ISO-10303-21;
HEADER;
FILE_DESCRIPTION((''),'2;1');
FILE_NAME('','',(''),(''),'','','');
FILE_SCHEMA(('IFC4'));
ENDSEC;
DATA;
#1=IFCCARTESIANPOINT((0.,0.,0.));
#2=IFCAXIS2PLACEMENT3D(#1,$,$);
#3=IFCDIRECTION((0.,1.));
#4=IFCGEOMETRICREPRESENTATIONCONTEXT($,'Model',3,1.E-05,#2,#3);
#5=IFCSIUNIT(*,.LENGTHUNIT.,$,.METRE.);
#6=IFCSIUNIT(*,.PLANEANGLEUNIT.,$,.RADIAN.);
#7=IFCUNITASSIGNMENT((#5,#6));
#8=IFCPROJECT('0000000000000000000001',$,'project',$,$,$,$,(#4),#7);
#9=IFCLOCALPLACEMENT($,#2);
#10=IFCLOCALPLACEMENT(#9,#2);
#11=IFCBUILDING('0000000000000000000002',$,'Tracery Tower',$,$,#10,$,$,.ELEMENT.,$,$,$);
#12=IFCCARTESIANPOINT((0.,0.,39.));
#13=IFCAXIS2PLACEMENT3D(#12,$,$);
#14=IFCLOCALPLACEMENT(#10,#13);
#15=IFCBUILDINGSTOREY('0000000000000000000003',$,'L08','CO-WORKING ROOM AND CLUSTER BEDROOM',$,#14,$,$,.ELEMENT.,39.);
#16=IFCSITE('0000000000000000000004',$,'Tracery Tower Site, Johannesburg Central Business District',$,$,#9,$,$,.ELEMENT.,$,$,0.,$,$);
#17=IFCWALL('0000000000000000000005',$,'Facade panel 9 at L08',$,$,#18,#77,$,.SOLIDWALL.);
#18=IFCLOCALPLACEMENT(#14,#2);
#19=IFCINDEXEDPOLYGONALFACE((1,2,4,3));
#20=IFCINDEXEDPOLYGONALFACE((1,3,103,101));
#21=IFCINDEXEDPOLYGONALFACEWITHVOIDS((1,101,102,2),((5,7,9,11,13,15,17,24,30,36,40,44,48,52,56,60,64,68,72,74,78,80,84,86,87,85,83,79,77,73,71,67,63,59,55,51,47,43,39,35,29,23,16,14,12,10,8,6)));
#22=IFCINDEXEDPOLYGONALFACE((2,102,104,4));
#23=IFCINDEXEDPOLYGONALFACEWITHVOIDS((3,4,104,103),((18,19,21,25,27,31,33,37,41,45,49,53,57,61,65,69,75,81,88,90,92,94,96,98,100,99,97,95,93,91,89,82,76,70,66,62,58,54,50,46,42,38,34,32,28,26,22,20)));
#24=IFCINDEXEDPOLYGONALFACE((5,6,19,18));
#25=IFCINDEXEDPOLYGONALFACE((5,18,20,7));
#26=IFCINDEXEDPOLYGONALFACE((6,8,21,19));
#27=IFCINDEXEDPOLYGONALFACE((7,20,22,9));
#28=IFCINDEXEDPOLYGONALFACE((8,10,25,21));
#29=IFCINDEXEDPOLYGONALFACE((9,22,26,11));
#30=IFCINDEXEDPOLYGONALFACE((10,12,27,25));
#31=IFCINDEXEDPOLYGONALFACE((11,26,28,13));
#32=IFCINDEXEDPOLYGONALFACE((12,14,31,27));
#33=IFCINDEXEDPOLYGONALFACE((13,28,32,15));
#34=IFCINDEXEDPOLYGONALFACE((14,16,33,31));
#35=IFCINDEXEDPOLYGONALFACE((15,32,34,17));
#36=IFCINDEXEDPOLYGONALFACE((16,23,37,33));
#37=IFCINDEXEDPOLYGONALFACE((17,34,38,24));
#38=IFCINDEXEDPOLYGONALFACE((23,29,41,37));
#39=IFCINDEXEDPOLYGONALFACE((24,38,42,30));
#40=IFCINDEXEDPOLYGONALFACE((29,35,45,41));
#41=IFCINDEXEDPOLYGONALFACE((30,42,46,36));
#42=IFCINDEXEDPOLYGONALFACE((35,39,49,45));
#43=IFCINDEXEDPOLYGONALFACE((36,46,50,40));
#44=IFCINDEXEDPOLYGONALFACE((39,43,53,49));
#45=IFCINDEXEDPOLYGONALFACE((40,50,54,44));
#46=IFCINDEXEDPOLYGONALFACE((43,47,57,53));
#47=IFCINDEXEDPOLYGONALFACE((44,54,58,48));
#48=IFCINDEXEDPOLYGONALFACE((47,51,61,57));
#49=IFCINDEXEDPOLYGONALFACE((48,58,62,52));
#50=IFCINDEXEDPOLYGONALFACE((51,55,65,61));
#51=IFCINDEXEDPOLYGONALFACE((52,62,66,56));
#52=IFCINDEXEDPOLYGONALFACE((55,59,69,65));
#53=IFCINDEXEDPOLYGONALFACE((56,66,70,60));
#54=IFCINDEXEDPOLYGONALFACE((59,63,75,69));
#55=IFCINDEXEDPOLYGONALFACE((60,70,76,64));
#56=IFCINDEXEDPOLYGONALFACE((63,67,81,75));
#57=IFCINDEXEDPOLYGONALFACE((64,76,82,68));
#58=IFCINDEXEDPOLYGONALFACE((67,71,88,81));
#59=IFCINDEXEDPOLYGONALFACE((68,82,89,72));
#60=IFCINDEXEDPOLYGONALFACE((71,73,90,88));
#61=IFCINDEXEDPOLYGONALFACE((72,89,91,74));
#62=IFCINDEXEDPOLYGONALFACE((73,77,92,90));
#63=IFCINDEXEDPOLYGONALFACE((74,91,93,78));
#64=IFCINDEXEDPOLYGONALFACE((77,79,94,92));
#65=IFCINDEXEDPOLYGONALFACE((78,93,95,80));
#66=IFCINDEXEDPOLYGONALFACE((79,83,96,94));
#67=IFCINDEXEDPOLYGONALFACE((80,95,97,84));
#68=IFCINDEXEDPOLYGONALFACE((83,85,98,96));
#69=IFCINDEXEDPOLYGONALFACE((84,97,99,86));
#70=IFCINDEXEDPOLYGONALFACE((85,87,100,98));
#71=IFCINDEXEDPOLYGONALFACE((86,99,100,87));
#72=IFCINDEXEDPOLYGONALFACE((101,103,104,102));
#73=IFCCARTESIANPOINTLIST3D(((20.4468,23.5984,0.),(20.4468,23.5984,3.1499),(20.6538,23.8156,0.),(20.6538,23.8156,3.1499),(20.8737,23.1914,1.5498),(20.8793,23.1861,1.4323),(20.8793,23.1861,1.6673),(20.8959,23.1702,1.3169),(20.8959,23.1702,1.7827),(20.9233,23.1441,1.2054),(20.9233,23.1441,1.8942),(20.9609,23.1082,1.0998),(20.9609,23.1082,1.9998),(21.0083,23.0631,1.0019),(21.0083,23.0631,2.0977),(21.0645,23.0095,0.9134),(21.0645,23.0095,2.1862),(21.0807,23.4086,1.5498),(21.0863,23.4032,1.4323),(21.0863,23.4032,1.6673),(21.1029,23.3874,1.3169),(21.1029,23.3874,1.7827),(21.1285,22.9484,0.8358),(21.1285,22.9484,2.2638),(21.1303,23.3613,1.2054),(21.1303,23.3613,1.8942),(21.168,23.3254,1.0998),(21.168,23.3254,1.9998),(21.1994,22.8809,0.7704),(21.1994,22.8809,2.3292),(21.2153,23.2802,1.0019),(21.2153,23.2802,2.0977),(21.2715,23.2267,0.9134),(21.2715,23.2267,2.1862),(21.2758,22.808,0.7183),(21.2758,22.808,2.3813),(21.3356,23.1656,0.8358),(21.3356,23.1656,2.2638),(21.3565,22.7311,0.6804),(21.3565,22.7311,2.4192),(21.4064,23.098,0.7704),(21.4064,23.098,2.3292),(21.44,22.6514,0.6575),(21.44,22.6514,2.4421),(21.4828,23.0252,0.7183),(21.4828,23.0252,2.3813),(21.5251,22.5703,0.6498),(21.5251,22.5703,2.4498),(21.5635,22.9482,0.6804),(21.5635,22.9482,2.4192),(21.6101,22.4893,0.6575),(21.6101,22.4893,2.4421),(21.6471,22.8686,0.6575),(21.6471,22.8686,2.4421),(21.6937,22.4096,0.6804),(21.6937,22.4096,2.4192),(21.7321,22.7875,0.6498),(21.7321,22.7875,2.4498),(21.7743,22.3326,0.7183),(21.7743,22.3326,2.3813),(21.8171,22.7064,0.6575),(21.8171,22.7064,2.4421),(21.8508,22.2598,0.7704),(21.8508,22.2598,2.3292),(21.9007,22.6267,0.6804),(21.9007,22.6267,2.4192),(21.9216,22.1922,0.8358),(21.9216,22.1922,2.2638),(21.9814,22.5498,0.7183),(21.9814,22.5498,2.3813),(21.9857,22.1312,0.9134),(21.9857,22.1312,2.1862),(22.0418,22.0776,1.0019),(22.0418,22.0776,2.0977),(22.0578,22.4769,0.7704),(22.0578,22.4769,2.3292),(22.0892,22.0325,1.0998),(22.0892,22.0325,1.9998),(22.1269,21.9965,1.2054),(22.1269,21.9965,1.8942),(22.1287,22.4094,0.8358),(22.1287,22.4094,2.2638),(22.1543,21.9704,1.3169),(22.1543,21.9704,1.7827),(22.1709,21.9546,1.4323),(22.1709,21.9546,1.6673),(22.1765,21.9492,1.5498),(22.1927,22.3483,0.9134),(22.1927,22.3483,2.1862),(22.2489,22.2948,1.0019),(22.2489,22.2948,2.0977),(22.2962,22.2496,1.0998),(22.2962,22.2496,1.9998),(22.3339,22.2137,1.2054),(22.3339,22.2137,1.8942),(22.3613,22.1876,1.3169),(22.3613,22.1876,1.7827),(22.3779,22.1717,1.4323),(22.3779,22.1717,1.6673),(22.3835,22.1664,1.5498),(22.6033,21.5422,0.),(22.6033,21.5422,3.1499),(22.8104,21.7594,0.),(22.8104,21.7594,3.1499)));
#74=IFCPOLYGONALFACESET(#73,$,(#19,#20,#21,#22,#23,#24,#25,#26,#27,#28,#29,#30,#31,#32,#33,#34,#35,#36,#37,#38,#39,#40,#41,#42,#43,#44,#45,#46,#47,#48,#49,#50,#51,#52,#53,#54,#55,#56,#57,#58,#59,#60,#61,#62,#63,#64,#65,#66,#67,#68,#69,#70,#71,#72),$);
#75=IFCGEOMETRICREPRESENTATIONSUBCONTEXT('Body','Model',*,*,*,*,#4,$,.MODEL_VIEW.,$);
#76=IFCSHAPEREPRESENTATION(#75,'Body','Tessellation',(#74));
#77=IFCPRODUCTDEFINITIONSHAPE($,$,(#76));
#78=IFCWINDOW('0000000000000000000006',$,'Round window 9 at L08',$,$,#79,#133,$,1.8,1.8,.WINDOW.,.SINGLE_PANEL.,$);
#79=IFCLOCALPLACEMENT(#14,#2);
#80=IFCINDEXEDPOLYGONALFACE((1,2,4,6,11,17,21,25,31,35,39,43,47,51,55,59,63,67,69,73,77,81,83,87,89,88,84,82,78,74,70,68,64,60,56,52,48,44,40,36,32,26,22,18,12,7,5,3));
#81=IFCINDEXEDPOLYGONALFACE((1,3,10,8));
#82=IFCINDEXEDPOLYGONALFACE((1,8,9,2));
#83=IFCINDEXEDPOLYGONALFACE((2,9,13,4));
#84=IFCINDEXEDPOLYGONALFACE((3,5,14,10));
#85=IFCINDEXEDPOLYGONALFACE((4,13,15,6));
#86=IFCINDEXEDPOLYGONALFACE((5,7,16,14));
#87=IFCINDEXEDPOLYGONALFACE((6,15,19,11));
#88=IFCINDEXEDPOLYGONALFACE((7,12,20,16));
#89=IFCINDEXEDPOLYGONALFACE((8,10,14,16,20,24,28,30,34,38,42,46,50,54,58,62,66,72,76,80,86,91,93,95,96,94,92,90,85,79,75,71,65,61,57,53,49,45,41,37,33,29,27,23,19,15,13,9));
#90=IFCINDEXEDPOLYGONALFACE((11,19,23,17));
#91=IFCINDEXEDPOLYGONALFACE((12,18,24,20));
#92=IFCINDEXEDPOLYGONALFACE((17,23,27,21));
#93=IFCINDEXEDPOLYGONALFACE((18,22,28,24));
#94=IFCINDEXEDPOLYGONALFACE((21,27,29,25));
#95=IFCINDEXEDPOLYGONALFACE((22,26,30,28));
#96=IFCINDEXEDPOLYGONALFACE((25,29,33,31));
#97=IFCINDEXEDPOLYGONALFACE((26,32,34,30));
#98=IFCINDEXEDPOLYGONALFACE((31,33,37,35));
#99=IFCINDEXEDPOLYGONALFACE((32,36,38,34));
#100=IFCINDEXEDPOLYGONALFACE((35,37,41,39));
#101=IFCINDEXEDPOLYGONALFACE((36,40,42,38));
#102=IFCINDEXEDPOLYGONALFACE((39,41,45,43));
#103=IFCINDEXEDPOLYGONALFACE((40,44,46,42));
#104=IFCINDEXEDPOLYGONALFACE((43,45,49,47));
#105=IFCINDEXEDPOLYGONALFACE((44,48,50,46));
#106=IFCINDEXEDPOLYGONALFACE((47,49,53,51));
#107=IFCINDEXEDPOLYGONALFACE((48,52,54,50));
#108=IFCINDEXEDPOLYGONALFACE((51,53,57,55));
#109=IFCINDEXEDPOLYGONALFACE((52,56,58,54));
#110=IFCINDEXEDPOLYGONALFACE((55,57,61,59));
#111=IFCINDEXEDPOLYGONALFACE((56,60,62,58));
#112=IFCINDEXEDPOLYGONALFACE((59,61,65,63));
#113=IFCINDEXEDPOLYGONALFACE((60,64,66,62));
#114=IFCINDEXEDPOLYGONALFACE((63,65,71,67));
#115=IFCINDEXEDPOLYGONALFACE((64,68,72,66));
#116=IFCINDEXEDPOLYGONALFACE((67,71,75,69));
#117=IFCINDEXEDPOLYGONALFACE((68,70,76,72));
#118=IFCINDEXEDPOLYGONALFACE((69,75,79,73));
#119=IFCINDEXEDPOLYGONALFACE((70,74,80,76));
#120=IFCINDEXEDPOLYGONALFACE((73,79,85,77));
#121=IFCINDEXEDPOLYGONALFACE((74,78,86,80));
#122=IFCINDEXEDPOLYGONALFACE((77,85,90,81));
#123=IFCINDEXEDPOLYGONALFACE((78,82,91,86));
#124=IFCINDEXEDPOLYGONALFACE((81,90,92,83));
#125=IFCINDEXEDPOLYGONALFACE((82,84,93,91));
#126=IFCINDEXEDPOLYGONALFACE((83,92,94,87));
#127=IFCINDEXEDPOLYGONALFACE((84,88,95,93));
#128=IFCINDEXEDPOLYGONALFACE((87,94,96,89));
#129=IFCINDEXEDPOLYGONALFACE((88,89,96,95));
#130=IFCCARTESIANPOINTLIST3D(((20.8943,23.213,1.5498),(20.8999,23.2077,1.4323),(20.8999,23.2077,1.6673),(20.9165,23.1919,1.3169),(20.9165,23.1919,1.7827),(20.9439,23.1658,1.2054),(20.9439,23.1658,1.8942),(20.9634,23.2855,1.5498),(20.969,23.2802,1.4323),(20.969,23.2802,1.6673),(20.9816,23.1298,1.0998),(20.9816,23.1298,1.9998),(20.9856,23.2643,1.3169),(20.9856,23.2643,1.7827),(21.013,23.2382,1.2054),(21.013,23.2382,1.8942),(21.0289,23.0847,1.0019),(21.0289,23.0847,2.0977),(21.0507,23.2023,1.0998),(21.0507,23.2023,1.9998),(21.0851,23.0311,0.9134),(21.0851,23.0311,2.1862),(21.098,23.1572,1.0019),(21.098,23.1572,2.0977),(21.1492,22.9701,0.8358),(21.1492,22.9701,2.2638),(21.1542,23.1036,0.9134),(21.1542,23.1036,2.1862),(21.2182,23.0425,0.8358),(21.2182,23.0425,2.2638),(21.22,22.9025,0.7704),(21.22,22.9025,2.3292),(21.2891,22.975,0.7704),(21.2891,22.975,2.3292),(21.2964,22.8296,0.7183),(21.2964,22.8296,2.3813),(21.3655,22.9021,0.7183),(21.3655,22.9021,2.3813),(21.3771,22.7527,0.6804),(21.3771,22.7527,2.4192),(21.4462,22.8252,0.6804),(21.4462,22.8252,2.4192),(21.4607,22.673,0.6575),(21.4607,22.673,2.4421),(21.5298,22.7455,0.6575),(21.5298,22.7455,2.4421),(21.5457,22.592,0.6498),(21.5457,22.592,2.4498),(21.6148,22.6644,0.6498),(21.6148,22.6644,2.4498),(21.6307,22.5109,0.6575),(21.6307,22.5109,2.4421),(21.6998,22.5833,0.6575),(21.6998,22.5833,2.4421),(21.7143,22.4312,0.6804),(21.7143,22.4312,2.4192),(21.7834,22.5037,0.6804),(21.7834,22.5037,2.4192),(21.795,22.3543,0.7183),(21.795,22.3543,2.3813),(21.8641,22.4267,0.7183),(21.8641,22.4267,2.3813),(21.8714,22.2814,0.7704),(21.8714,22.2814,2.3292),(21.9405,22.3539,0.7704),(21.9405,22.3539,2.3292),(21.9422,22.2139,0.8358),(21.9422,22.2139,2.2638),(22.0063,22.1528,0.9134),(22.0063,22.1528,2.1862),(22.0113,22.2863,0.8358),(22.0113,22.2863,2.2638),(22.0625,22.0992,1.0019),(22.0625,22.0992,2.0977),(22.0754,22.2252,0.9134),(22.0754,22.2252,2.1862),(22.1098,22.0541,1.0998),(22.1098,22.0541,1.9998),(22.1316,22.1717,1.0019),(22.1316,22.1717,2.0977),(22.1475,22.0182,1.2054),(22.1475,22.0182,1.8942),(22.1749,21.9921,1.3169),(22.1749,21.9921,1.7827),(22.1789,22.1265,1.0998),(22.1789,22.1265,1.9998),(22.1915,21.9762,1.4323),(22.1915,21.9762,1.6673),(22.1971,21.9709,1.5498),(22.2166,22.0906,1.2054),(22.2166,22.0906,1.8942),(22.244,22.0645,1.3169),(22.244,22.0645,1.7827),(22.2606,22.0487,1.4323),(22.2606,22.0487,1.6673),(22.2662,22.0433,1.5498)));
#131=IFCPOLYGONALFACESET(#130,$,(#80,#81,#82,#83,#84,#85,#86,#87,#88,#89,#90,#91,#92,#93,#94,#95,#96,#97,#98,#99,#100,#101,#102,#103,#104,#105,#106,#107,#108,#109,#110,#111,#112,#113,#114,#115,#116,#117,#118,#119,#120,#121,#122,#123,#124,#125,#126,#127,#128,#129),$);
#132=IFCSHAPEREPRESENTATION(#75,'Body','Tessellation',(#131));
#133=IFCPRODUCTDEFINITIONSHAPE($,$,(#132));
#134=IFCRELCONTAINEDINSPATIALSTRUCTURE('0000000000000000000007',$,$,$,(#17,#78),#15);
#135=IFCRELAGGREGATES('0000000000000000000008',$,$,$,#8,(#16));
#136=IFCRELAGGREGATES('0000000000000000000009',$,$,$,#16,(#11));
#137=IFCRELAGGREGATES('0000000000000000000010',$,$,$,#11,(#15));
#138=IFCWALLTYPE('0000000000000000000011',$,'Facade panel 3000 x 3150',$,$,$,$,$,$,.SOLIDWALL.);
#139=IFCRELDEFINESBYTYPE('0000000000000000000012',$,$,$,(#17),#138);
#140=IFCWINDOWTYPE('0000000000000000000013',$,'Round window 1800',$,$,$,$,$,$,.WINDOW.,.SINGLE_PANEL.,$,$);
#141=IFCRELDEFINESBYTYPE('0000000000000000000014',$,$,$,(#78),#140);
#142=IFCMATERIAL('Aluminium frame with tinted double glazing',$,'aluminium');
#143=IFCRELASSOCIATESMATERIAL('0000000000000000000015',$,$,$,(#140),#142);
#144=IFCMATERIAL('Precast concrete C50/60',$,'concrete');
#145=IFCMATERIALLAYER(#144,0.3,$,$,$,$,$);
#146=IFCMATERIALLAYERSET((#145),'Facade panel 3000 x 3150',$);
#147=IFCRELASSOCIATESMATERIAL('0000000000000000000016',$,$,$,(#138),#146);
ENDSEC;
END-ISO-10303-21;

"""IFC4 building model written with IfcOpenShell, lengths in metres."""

from ifc_helpers import new_model, si_unit, direction, frame, frame_2d, origin, origin_2d, place, context, subcontext, project, spatial, rectangle, circle, extrude, material, layer, layer_set, type_object, element, fill, save


model = new_model("IFC4")

# Units and contexts
model_context = context("Model", 3, precision=1e-05, world=origin(), true_north=direction((0.0, 1.0)))
body_context = subcontext(model_context, "Body", "Model", "MODEL_VIEW")
ifc_project = project(units=[si_unit("LENGTHUNIT", "METRE"), si_unit("PLANEANGLEUNIT", "RADIAN")], contexts=[model_context])

# Site, building, storey
site_placement = place(None, origin())
site = spatial("IfcSite", under=ifc_project, at=site_placement, Name="Tracery Tower Site, Johannesburg Central Business District", CompositionType="ELEMENT", RefElevation=0.0)
building_placement = place(site_placement, origin())
building = spatial("IfcBuilding", under=site, at=building_placement, Name="Tracery Tower", CompositionType="ELEMENT")
storey_placement = place(building_placement, frame((0.0, 0.0, 39.0)))
storey = spatial("IfcBuildingStorey", under=building, at=storey_placement, Name="L08", Description="CO-WORKING ROOM AND CLUSTER BEDROOM", CompositionType="ELEMENT", Elevation=39.0)

# Wall, opening, window
ifc_material_1 = material(Name="Aluminium frame with tinted double glazing", Category="aluminium")
window_type = type_object("IfcWindowType", Name="Round window 1800", PartitioningType="SINGLE_PANEL", PredefinedType="WINDOW", material=ifc_material_1)
ifc_material_2 = material(Name="Precast concrete C50/60", Category="concrete")
ifc_layer_1 = layer(ifc_material_2, 0.3)
ifc_layer_set_1 = layer_set([ifc_layer_1], Name="Facade panel 3000 x 3150")
wall_type_1 = type_object("IfcWallType", Name="Facade panel 3000 x 3150", PredefinedType="SOLIDWALL", material=ifc_layer_set_1)
wall_1_placement = place(storey_placement, frame((22.7068, 21.6509, 0.0), z_axis=(0.0, 0.0, 1.0), x_axis=(-0.723744, 0.690068, 0.0)))
wall_1 = element("IfcWall", 1, at=wall_1_placement, inside=storey, type_object=wall_type_1, Name="Facade panel 9 at L08", PredefinedType="SOLIDWALL", context=body_context, shape_type="SweptSolid", body=[
    extrude(rectangle(XDim=2.9797, YDim=0.3, at=frame_2d((1.4897, 0.0))), origin(), (0.0, 0.0, 1.0), 3.1499),
])
opening_1_placement = place(wall_1_placement, frame((1.4897, 0.0, 1.5498)))
opening_1 = element("IfcOpeningElement", 2, at=opening_1_placement, cuts=wall_1, PredefinedType="OPENING", context=body_context, shape_type="SweptSolid", body=[
    extrude(circle(Radius=0.9, at=origin_2d()), frame((0.0, 0.1599, 0.0), z_axis=(0.0, -1.0, 0.0), x_axis=(1.0, 0.0, 0.0)), (0.0, 0.0, 1.0), 0.3201),
])
window_1_placement = place(opening_1_placement, origin())
window_1 = element("IfcWindow", 3, at=window_1_placement, inside=storey, type_object=window_type, Name="Round window 9 at L08", OverallHeight=1.8, OverallWidth=1.8, PartitioningType="SINGLE_PANEL", PredefinedType="WINDOW", context=body_context, shape_type="SweptSolid", body=[
    extrude(circle(Radius=0.9, at=origin_2d()), frame((0.0, 0.1201, 0.0), z_axis=(0.0, -1.0, 0.0), x_axis=(1.0, 0.0, 0.0)), (0.0, 0.0, 1.0), 0.1001),
])
fill(opening_1, window_1)

save(model, "model.ifc")
